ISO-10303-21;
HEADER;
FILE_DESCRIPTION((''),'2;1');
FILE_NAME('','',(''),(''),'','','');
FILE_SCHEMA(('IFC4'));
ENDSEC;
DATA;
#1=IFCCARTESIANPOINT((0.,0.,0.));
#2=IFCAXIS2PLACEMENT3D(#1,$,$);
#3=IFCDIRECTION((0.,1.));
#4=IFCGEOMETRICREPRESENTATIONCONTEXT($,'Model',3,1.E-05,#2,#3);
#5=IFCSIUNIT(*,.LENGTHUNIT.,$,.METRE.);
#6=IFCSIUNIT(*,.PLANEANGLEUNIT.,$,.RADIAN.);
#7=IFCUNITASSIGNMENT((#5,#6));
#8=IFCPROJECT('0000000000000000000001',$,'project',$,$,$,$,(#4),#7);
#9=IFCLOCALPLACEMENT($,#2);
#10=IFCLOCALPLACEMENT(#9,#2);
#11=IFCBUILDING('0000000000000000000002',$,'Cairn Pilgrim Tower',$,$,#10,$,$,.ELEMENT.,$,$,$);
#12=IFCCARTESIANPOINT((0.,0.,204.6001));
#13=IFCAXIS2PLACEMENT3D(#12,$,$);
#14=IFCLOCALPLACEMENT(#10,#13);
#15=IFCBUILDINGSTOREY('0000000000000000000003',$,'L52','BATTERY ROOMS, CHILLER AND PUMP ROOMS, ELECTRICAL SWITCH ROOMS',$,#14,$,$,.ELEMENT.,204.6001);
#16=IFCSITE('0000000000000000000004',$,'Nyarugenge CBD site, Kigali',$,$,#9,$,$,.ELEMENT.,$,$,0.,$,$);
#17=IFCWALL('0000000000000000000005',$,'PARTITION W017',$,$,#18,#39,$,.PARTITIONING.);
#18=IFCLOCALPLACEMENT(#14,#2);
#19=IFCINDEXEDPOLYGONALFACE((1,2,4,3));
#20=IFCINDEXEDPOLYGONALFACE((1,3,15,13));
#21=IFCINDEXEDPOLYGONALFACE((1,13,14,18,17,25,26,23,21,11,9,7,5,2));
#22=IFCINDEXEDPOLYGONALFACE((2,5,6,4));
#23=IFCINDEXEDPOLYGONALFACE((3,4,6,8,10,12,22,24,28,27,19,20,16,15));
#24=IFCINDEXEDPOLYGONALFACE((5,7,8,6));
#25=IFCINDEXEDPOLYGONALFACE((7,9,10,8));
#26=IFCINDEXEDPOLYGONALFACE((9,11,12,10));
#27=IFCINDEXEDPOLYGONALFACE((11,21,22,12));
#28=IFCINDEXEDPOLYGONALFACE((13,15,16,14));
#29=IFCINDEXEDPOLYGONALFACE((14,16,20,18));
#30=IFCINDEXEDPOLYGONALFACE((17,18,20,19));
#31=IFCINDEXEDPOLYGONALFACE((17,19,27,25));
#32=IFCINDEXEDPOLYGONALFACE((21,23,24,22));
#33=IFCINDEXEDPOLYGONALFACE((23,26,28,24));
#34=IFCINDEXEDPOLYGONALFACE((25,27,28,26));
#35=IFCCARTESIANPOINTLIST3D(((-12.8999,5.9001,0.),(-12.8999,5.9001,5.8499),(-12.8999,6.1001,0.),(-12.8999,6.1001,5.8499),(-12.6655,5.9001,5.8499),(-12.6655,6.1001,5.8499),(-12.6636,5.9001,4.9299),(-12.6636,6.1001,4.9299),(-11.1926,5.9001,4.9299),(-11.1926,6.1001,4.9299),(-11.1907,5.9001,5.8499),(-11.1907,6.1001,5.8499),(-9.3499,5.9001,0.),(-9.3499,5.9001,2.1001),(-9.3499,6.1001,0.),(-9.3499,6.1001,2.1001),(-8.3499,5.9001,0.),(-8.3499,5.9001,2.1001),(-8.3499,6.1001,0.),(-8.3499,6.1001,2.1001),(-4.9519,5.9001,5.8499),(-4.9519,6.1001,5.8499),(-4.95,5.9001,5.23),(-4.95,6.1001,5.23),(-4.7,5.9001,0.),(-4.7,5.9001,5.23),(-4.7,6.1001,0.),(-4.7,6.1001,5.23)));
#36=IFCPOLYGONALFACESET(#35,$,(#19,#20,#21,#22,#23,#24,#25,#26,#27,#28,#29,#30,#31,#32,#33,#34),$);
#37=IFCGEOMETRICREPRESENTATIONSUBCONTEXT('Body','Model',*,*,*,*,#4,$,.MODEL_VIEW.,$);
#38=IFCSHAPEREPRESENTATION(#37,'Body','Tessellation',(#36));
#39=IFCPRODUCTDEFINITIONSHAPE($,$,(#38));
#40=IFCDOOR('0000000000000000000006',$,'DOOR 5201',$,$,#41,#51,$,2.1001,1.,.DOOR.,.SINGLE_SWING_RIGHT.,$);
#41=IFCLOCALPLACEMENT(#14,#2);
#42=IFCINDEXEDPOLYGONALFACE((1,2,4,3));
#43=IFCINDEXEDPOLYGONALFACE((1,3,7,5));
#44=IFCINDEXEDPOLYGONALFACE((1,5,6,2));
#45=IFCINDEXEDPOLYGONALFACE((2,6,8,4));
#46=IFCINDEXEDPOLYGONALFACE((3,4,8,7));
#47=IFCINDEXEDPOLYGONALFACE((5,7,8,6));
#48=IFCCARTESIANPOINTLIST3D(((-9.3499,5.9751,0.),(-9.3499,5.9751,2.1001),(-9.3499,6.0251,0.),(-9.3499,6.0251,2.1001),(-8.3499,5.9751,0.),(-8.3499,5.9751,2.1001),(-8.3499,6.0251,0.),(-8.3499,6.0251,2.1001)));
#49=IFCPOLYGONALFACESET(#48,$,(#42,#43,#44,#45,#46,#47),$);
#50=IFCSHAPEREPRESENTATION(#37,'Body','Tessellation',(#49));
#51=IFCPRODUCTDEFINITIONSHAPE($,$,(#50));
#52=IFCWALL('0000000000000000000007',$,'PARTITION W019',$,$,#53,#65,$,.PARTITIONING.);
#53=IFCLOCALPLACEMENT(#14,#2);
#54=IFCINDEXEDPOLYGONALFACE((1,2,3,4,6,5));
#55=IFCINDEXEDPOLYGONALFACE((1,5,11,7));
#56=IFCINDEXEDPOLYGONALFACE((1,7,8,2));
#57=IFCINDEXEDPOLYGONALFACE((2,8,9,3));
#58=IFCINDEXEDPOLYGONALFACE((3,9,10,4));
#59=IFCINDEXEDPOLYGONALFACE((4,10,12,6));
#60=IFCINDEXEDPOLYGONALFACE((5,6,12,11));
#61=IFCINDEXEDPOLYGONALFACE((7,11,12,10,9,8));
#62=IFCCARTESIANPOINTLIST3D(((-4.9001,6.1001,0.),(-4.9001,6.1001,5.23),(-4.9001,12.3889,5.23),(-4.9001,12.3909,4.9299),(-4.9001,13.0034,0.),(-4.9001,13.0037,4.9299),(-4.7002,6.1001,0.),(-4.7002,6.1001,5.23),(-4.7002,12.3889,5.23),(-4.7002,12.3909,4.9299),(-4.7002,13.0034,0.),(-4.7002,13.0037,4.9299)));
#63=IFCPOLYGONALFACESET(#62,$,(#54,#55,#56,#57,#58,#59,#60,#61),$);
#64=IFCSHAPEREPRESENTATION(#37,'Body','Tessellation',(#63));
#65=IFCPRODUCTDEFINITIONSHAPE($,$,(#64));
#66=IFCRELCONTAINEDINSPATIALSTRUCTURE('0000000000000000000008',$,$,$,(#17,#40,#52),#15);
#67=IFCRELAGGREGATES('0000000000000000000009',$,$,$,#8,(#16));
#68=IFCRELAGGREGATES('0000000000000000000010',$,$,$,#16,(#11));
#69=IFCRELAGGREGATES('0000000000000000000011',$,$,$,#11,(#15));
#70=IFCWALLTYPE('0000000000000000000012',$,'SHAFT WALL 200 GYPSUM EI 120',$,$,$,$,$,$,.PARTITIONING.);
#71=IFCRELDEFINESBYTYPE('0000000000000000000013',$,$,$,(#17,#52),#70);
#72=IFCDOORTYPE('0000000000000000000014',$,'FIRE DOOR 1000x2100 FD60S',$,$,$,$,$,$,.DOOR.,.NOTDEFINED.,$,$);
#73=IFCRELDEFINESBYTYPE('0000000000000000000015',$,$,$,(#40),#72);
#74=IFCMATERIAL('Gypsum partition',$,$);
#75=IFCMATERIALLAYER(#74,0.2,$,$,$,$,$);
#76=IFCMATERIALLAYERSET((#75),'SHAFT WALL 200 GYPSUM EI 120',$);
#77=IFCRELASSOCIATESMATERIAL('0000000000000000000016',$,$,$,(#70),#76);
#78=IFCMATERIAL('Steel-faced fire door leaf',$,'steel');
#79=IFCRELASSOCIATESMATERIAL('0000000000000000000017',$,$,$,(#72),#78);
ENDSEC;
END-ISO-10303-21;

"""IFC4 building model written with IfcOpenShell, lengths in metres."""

from ifc_helpers import new_model, si_unit, direction, frame, frame_2d, origin, place, context, subcontext, project, spatial, polyline, rectangle, outline, extrude, material, layer, layer_set, type_object, element, fill, save


model = new_model("IFC4")

# Units and contexts
model_context = context("Model", 3, precision=1e-05, world=origin(), true_north=direction((0.0, 1.0)))
body_context = subcontext(model_context, "Body", "Model", "MODEL_VIEW")
ifc_project = project(units=[si_unit("LENGTHUNIT", "METRE"), si_unit("PLANEANGLEUNIT", "RADIAN")], contexts=[model_context])

# Site, building, storey
site_placement = place(None, origin())
site = spatial("IfcSite", under=ifc_project, at=site_placement, Name="Nyarugenge CBD site, Kigali", CompositionType="ELEMENT", RefElevation=0.0)
building_placement = place(site_placement, origin())
building = spatial("IfcBuilding", under=site, at=building_placement, Name="Cairn Pilgrim Tower", CompositionType="ELEMENT")
storey_placement = place(building_placement, frame((0.0, 0.0, 204.6001)))
storey = spatial("IfcBuildingStorey", under=building, at=storey_placement, Name="L52", Description="BATTERY ROOMS, CHILLER AND PUMP ROOMS, ELECTRICAL SWITCH ROOMS", CompositionType="ELEMENT", Elevation=204.6001)

# Shared definitions
ifc_material_1 = material(Name="Gypsum partition")
ifc_layer_1 = layer(ifc_material_1, 0.2)
ifc_layer_set_1 = layer_set([ifc_layer_1], Name="SHAFT WALL 200 GYPSUM EI 120")
wall_type = type_object("IfcWallType", Name="SHAFT WALL 200 GYPSUM EI 120", PredefinedType="PARTITIONING", material=ifc_layer_set_1)

# Wall, opening, door
wall_1_placement = place(storey_placement, frame((-12.8999, 6.0, 0.0), z_axis=(0.0, 0.0, 1.0), x_axis=(1.0, 0.0, 0.0)))
wall_1 = element("IfcWall", 1, at=wall_1_placement, inside=storey, type_object=wall_type, Name="PARTITION W017", PredefinedType="PARTITIONING", context=body_context, shape_type="SweptSolid", body=[
    extrude(outline(polyline([(0.0, 0.0), (8.2, 0.0), (8.2, 5.23), (7.95, 5.23), (7.948, 5.8499), (1.7092, 5.8499), (1.7073, 4.9299), (0.2363, 4.9299), (0.2344, 5.8499), (0.0, 5.8499), (0.0, 0.0)])), frame((0.0, 0.1001, 0.0), z_axis=(0.0, -1.0, 0.0), x_axis=(1.0, 0.0, 0.0)), (0.0, 0.0, 1.0), 0.2),
])
opening_placement = place(wall_1_placement, frame((3.55, 0.0, 0.0)))
opening = element("IfcOpeningElement", 2, at=opening_placement, cuts=wall_1, PredefinedType="OPENING", context=body_context, shape_type="SweptSolid", body=[
    extrude(rectangle(XDim=1.0, YDim=2.1001, at=frame_2d((0.5, 1.05))), frame((0.0, 0.1099, 0.0), z_axis=(0.0, -1.0, 0.0), x_axis=(1.0, 0.0, 0.0)), (0.0, 0.0, 1.0), 0.22),
])
ifc_material_2 = material(Name="Steel-faced fire door leaf", Category="steel")
door_type = type_object("IfcDoorType", Name="FIRE DOOR 1000x2100 FD60S", OperationType="NOTDEFINED", PredefinedType="DOOR", material=ifc_material_2)
door_placement = place(opening_placement, frame((1.0, 0.0, 0.0), z_axis=(0.0, 0.0, 1.0), x_axis=(-1.0, 0.0, 0.0)))
door = element("IfcDoor", 3, at=door_placement, inside=storey, type_object=door_type, Name="DOOR 5201", OperationType="SINGLE_SWING_RIGHT", OverallHeight=2.1001, OverallWidth=1.0, PredefinedType="DOOR", context=body_context, shape_type="SweptSolid", body=[
    extrude(rectangle(XDim=1.0, YDim=2.1001, at=frame_2d((0.5, 1.05))), frame((0.0, 0.0249, 0.0), z_axis=(0.0, -1.0, 0.0), x_axis=(1.0, 0.0, 0.0)), (0.0, 0.0, 1.0), 0.05),
])
fill(opening, door)

# Wall
wall_2_placement = place(storey_placement, frame((-4.8, 6.1001, 0.0), z_axis=(0.0, 0.0, 1.0), x_axis=(0.0, 1.0, 0.0)))
element("IfcWall", 4, at=wall_2_placement, inside=storey, type_object=wall_type, Name="PARTITION W019", PredefinedType="PARTITIONING", context=body_context, shape_type="SweptSolid", body=[
    extrude(outline(polyline([(0.0, 0.0), (6.9033, 0.0), (6.9036, 4.9299), (6.2908, 4.9299), (6.2888, 5.23), (0.0, 5.23), (0.0, 0.0)])), frame((0.0, 0.1001, 0.0), z_axis=(0.0, -1.0, 0.0), x_axis=(1.0, 0.0, 0.0)), (0.0, 0.0, 1.0), 0.2),
])

save(model, "model.ifc")
